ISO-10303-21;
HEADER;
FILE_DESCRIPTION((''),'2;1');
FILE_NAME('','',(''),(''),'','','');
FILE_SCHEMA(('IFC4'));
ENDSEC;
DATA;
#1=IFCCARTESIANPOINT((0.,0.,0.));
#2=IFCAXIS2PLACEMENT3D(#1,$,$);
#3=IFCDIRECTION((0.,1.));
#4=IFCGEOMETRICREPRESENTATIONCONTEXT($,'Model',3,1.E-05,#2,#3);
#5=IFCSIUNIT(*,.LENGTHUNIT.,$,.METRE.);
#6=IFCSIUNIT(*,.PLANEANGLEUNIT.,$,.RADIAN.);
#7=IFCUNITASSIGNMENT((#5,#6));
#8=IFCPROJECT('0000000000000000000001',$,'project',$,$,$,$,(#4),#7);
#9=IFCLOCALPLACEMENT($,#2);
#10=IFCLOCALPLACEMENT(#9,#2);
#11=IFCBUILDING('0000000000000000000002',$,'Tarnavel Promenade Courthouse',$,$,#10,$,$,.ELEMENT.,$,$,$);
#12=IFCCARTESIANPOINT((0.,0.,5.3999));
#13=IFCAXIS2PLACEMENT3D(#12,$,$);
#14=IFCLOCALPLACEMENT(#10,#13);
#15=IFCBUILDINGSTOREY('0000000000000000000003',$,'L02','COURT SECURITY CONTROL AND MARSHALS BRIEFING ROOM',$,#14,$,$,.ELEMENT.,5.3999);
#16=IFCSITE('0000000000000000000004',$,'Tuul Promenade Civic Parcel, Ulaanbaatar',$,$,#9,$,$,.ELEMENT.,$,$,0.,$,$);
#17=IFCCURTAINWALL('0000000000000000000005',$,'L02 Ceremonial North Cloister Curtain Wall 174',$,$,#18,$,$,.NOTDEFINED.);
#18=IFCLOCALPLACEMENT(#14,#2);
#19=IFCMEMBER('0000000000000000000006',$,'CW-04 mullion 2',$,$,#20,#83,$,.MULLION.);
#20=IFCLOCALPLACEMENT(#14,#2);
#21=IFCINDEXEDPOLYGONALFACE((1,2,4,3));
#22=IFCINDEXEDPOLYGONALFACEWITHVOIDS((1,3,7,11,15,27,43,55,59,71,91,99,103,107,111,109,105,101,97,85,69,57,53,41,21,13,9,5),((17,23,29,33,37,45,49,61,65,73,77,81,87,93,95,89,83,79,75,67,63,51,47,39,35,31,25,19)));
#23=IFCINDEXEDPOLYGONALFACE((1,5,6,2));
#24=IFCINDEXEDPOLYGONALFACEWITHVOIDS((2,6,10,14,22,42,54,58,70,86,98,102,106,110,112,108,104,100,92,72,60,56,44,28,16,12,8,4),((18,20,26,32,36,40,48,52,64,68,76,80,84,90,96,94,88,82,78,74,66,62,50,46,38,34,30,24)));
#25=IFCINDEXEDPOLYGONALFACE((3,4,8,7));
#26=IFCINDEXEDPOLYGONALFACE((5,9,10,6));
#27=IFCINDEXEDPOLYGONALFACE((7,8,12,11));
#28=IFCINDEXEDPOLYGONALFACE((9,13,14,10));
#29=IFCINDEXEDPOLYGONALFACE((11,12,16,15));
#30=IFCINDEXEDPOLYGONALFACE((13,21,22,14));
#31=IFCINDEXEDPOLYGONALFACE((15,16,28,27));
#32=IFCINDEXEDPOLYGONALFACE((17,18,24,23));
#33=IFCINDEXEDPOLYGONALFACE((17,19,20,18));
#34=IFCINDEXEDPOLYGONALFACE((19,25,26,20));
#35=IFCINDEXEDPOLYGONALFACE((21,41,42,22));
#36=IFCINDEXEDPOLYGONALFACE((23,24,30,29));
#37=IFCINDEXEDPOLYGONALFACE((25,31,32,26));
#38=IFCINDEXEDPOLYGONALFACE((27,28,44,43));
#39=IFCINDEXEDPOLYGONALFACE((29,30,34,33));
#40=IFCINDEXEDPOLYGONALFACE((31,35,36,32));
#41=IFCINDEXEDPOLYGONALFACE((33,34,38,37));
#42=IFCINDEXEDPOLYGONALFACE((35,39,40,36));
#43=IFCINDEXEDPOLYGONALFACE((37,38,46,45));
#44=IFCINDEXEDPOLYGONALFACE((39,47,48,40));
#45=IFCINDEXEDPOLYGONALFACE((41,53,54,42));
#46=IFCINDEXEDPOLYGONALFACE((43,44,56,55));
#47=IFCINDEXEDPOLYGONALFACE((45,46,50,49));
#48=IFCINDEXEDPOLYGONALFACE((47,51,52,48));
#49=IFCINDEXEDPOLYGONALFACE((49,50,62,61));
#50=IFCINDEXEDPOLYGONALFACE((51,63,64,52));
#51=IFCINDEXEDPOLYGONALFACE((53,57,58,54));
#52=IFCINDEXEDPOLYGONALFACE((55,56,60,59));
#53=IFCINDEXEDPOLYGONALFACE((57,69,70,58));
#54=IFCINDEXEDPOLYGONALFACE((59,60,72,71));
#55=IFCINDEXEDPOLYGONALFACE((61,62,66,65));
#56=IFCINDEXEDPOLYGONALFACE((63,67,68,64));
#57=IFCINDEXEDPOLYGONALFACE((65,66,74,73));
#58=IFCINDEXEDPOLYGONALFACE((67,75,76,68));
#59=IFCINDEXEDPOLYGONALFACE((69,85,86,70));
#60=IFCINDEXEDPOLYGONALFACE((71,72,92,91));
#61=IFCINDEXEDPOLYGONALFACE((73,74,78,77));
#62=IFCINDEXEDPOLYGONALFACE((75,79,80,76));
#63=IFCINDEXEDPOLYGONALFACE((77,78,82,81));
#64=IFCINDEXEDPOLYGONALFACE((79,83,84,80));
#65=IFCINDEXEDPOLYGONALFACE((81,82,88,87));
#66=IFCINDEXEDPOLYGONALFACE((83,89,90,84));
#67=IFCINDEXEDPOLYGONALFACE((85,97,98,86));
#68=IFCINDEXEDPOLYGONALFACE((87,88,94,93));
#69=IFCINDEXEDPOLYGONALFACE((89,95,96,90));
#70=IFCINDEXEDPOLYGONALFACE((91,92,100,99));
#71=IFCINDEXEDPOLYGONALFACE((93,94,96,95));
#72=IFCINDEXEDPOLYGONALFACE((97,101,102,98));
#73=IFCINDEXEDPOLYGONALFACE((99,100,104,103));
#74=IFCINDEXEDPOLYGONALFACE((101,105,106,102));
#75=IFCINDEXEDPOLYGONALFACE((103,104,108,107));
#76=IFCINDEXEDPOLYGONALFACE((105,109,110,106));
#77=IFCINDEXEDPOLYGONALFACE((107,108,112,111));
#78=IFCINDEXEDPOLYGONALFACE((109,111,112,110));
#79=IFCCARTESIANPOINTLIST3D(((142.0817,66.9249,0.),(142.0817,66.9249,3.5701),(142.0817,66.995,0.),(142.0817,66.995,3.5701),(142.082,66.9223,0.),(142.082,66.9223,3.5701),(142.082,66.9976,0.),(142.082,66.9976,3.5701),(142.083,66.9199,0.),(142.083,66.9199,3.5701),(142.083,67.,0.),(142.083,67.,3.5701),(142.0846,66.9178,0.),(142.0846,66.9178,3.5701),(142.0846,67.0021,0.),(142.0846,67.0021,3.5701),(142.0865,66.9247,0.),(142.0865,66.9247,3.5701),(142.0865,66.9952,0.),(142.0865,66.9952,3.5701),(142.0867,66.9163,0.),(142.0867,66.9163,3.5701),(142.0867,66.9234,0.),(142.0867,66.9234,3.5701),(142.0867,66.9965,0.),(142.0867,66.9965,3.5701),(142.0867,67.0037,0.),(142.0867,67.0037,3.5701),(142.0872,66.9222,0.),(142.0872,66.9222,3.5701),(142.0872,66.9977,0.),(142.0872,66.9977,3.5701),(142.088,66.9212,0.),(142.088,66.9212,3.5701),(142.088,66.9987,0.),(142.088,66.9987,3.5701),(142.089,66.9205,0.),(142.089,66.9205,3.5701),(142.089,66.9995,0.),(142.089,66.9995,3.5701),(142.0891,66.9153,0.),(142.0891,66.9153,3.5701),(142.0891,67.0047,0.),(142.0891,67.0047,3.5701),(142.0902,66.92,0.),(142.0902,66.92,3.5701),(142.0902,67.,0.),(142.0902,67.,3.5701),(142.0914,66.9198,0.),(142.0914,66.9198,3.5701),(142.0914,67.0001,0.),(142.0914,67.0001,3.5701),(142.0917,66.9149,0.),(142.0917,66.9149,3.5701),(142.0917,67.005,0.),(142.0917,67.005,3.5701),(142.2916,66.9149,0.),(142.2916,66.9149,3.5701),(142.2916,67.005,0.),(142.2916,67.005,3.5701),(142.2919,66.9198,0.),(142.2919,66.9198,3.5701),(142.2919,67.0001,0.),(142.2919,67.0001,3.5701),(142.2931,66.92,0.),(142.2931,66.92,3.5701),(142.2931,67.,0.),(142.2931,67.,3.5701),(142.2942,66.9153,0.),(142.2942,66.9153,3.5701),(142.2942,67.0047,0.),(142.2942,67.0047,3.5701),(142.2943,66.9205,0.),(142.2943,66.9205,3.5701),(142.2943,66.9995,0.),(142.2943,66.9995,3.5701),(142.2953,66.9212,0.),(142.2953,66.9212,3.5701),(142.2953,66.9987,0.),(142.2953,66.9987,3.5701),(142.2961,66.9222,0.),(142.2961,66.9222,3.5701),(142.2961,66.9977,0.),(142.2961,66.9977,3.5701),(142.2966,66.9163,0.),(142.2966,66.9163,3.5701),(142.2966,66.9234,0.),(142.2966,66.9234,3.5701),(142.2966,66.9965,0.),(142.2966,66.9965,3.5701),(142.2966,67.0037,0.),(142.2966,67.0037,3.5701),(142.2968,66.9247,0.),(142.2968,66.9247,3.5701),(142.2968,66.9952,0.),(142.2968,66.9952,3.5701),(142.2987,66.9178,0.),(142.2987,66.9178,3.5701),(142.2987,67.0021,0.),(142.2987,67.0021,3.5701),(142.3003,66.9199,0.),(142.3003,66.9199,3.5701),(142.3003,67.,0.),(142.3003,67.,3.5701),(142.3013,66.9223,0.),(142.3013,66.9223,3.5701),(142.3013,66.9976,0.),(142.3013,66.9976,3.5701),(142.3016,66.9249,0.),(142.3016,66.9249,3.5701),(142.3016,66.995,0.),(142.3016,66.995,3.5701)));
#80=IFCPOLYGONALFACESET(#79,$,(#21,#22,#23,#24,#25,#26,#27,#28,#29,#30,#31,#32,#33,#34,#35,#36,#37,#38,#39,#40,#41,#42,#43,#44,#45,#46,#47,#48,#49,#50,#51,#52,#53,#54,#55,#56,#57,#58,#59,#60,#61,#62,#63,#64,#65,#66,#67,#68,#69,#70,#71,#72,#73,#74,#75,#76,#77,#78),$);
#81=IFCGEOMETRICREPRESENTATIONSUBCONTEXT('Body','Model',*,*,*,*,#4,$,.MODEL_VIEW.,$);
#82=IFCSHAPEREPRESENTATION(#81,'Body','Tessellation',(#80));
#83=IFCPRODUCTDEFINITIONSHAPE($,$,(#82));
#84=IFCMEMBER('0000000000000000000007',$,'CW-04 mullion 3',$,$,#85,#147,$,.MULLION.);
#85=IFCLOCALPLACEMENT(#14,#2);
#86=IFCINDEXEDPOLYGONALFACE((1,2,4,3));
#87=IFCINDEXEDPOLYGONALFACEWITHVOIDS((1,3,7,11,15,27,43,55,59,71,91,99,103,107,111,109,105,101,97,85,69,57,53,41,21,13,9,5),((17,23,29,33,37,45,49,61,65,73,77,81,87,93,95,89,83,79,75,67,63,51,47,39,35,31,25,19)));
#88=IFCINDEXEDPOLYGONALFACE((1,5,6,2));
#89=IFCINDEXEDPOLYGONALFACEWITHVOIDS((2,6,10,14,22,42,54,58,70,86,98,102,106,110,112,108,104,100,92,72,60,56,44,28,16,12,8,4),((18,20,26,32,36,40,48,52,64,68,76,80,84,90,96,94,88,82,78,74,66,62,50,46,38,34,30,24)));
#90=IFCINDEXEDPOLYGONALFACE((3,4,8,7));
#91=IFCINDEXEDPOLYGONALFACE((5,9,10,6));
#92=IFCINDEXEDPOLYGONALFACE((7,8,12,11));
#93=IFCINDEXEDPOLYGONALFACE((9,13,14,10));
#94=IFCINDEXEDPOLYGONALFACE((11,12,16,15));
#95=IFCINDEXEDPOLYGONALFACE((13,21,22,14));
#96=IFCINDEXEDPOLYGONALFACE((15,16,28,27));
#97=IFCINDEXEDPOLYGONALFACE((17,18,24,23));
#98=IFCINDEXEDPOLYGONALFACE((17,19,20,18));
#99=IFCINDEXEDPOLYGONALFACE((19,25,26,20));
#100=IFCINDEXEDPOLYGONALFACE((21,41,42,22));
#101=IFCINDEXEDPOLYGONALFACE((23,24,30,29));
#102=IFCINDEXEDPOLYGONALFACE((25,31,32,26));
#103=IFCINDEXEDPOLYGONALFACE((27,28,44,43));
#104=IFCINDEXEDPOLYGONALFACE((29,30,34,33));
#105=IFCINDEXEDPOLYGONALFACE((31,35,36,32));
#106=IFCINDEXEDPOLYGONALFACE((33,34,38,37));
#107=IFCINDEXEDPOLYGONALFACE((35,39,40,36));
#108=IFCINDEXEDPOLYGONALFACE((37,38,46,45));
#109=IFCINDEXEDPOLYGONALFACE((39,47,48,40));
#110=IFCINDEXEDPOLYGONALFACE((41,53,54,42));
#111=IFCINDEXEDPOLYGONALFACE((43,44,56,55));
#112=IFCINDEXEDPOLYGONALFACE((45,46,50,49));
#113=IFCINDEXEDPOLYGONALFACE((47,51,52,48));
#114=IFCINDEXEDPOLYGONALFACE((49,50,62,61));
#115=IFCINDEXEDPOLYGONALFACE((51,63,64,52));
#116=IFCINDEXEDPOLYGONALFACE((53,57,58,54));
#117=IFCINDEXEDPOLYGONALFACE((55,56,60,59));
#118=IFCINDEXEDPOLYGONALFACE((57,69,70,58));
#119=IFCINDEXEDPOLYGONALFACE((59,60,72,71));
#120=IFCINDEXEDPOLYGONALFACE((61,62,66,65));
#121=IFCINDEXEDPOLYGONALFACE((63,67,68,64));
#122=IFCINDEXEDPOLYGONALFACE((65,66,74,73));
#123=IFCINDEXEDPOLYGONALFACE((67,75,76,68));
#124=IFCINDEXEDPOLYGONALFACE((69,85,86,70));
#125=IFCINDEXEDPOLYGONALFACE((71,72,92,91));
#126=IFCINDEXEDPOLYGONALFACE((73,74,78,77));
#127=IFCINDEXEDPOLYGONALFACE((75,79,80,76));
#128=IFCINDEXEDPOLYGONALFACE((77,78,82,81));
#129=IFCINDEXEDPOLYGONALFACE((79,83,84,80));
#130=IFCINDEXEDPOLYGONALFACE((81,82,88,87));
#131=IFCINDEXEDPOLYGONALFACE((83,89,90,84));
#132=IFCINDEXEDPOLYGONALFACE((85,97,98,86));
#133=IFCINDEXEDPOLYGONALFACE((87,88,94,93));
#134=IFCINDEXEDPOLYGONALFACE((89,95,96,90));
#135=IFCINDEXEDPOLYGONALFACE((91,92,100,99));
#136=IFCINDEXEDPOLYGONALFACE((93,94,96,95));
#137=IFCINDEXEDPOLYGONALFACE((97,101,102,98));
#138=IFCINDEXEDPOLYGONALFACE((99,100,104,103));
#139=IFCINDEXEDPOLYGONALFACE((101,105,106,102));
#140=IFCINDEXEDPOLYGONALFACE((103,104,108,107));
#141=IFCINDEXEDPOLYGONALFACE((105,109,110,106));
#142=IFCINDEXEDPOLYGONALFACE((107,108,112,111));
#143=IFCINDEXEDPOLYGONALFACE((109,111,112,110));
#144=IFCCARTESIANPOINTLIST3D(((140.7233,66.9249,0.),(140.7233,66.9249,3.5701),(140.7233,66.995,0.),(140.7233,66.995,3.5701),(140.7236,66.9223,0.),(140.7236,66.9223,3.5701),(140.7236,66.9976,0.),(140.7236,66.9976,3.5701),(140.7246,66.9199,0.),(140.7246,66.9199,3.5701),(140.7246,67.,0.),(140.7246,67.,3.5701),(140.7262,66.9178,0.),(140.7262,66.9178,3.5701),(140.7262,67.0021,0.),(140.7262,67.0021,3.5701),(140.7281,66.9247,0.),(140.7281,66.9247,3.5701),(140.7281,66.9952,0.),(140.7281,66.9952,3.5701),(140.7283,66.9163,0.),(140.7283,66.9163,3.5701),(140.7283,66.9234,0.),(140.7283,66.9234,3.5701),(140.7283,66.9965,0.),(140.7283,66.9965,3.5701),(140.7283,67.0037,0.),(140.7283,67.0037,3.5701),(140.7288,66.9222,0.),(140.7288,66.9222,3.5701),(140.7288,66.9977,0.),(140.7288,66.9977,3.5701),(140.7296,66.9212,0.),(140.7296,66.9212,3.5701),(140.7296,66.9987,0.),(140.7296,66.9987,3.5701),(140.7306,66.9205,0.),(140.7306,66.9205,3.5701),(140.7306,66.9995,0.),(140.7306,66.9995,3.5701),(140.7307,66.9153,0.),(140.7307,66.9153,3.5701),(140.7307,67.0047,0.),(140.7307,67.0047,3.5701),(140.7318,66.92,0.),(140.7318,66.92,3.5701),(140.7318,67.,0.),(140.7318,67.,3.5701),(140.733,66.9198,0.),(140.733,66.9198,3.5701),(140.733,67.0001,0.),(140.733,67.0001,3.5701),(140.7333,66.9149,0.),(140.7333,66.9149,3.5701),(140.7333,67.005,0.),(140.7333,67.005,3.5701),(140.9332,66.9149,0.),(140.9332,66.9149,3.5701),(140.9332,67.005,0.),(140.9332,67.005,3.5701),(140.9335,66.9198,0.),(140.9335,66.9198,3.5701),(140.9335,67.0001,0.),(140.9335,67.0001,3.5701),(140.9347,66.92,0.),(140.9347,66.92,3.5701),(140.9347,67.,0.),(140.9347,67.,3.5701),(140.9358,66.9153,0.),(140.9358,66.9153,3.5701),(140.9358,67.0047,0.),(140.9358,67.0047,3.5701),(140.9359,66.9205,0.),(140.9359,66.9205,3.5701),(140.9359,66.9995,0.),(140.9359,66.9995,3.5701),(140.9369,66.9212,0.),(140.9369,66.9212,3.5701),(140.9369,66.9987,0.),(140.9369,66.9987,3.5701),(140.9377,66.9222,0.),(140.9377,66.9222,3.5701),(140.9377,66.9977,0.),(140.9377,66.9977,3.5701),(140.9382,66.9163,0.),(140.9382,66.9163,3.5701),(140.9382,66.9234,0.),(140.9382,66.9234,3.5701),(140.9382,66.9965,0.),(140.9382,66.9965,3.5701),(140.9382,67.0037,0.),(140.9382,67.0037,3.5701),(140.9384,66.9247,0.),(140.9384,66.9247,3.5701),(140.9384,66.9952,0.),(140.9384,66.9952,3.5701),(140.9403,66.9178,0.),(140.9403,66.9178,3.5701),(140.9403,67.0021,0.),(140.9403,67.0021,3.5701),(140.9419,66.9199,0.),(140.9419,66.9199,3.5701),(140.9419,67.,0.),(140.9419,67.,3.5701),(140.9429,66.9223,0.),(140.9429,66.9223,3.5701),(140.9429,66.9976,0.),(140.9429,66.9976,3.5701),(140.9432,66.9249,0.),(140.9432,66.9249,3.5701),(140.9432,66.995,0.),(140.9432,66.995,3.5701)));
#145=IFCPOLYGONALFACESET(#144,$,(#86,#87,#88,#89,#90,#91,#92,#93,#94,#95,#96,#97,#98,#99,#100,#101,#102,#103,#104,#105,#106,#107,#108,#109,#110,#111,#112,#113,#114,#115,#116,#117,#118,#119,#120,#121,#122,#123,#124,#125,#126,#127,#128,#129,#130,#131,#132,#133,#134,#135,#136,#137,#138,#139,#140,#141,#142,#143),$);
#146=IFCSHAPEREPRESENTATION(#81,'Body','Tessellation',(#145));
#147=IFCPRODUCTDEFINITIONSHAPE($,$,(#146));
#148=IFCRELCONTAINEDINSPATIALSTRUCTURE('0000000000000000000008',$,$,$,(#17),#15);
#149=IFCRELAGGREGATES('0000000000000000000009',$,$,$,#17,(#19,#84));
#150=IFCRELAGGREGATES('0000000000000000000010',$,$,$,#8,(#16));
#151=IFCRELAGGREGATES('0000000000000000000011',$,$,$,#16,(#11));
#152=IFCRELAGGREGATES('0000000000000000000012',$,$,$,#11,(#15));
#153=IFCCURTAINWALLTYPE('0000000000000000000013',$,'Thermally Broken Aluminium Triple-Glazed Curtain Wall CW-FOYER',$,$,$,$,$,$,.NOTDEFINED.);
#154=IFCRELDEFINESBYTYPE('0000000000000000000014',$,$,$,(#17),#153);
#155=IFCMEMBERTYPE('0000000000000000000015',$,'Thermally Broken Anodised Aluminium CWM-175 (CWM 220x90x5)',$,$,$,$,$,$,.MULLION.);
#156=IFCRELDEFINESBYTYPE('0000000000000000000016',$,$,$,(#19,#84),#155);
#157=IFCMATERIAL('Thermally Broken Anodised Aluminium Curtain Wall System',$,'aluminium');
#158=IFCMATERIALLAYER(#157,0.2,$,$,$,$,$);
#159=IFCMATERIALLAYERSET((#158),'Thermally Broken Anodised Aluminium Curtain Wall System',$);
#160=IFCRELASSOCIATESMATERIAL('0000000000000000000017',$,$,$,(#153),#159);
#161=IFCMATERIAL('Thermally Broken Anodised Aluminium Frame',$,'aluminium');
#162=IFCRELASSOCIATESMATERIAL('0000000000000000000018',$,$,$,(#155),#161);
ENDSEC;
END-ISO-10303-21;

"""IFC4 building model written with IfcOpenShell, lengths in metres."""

from ifc_helpers import new_model, si_unit, direction, frame, origin, origin_2d, place, context, subcontext, project, spatial, hollow_rectangle, extrude, material, layer, layer_set, material_profile, profile_set, type_object, element, aggregate, save


model = new_model("IFC4")

# Units and contexts
model_context = context("Model", 3, precision=1e-05, world=origin(), true_north=direction((0.0, 1.0)))
body_context = subcontext(model_context, "Body", "Model", "MODEL_VIEW")
ifc_project = project(units=[si_unit("LENGTHUNIT", "METRE"), si_unit("PLANEANGLEUNIT", "RADIAN")], contexts=[model_context])

# Site, building, storey
site_placement = place(None, origin())
site = spatial("IfcSite", under=ifc_project, at=site_placement, Name="Tuul Promenade Civic Parcel, Ulaanbaatar", CompositionType="ELEMENT", RefElevation=0.0)
building_placement = place(site_placement, origin())
building = spatial("IfcBuilding", under=site, at=building_placement, Name="Tarnavel Promenade Courthouse", CompositionType="ELEMENT")
storey_placement = place(building_placement, frame((0.0, 0.0, 5.3999)))
storey = spatial("IfcBuildingStorey", under=building, at=storey_placement, Name="L02", Description="COURT SECURITY CONTROL AND MARSHALS BRIEFING ROOM", CompositionType="ELEMENT", Elevation=5.3999)

# Curtain wall, members
ifc_material_1 = material(Name="Thermally Broken Anodised Aluminium Curtain Wall System", Category="aluminium")
ifc_layer_1 = layer(ifc_material_1, 0.2)
ifc_layer_set_1 = layer_set([ifc_layer_1], Name="Thermally Broken Anodised Aluminium Curtain Wall System")
curtain_wall_type = type_object("IfcCurtainWallType", Name="Thermally Broken Aluminium Triple-Glazed Curtain Wall CW-FOYER", PredefinedType="NOTDEFINED", material=ifc_layer_set_1)
curtain_wall_1_placement = place(storey_placement, origin())
curtain_wall_1 = element("IfcCurtainWall", 1, at=curtain_wall_1_placement, inside=storey, type_object=curtain_wall_type, Name="L02 Ceremonial North Cloister Curtain Wall 174", PredefinedType="NOTDEFINED")
ifc_material_2 = material(Name="Thermally Broken Anodised Aluminium Frame", Category="aluminium")
ifc_material_profile_1 = material_profile(ifc_material_2, hollow_rectangle(XDim=0.0901, YDim=0.22, WallThickness=0.0049, InnerFilletRadius=0.0049, OuterFilletRadius=0.01, at=origin_2d()), Name="CWM 220x90x5")
ifc_profile_set_1 = profile_set([ifc_material_profile_1], Name="Thermally Broken Anodised Aluminium Frame")
member_type_1 = type_object("IfcMemberType", Name="Thermally Broken Anodised Aluminium CWM-175 (CWM 220x90x5)", PredefinedType="MULLION", material=ifc_profile_set_1)
member_1_placement = place(storey_placement, frame((142.1917, 66.96, 0.0), z_axis=(0.0, 0.0, 1.0), x_axis=(0.0, -1.0, 0.0)))
member_1 = element("IfcMember", 2, at=member_1_placement, type_object=member_type_1, Name="CW-04 mullion 2", PredefinedType="MULLION", context=body_context, shape_type="SweptSolid", body=[
    extrude(hollow_rectangle(XDim=0.0901, YDim=0.22, WallThickness=0.0049, InnerFilletRadius=0.0049, OuterFilletRadius=0.01, at=origin_2d()), origin(), (0.0, 0.0, 1.0), 3.5701),
])
member_2_placement = place(storey_placement, frame((140.8333, 66.96, 0.0), z_axis=(0.0, 0.0, 1.0), x_axis=(0.0, -1.0, 0.0)))
member_2 = element("IfcMember", 3, at=member_2_placement, type_object=member_type_1, Name="CW-04 mullion 3", PredefinedType="MULLION", context=body_context, shape_type="SweptSolid", body=[
    extrude(hollow_rectangle(XDim=0.0901, YDim=0.22, WallThickness=0.0049, InnerFilletRadius=0.0049, OuterFilletRadius=0.01, at=origin_2d()), origin(), (0.0, 0.0, 1.0), 3.5701),
])

aggregate(curtain_wall_1, [member_1, member_2])

save(model, "model.ifc")
